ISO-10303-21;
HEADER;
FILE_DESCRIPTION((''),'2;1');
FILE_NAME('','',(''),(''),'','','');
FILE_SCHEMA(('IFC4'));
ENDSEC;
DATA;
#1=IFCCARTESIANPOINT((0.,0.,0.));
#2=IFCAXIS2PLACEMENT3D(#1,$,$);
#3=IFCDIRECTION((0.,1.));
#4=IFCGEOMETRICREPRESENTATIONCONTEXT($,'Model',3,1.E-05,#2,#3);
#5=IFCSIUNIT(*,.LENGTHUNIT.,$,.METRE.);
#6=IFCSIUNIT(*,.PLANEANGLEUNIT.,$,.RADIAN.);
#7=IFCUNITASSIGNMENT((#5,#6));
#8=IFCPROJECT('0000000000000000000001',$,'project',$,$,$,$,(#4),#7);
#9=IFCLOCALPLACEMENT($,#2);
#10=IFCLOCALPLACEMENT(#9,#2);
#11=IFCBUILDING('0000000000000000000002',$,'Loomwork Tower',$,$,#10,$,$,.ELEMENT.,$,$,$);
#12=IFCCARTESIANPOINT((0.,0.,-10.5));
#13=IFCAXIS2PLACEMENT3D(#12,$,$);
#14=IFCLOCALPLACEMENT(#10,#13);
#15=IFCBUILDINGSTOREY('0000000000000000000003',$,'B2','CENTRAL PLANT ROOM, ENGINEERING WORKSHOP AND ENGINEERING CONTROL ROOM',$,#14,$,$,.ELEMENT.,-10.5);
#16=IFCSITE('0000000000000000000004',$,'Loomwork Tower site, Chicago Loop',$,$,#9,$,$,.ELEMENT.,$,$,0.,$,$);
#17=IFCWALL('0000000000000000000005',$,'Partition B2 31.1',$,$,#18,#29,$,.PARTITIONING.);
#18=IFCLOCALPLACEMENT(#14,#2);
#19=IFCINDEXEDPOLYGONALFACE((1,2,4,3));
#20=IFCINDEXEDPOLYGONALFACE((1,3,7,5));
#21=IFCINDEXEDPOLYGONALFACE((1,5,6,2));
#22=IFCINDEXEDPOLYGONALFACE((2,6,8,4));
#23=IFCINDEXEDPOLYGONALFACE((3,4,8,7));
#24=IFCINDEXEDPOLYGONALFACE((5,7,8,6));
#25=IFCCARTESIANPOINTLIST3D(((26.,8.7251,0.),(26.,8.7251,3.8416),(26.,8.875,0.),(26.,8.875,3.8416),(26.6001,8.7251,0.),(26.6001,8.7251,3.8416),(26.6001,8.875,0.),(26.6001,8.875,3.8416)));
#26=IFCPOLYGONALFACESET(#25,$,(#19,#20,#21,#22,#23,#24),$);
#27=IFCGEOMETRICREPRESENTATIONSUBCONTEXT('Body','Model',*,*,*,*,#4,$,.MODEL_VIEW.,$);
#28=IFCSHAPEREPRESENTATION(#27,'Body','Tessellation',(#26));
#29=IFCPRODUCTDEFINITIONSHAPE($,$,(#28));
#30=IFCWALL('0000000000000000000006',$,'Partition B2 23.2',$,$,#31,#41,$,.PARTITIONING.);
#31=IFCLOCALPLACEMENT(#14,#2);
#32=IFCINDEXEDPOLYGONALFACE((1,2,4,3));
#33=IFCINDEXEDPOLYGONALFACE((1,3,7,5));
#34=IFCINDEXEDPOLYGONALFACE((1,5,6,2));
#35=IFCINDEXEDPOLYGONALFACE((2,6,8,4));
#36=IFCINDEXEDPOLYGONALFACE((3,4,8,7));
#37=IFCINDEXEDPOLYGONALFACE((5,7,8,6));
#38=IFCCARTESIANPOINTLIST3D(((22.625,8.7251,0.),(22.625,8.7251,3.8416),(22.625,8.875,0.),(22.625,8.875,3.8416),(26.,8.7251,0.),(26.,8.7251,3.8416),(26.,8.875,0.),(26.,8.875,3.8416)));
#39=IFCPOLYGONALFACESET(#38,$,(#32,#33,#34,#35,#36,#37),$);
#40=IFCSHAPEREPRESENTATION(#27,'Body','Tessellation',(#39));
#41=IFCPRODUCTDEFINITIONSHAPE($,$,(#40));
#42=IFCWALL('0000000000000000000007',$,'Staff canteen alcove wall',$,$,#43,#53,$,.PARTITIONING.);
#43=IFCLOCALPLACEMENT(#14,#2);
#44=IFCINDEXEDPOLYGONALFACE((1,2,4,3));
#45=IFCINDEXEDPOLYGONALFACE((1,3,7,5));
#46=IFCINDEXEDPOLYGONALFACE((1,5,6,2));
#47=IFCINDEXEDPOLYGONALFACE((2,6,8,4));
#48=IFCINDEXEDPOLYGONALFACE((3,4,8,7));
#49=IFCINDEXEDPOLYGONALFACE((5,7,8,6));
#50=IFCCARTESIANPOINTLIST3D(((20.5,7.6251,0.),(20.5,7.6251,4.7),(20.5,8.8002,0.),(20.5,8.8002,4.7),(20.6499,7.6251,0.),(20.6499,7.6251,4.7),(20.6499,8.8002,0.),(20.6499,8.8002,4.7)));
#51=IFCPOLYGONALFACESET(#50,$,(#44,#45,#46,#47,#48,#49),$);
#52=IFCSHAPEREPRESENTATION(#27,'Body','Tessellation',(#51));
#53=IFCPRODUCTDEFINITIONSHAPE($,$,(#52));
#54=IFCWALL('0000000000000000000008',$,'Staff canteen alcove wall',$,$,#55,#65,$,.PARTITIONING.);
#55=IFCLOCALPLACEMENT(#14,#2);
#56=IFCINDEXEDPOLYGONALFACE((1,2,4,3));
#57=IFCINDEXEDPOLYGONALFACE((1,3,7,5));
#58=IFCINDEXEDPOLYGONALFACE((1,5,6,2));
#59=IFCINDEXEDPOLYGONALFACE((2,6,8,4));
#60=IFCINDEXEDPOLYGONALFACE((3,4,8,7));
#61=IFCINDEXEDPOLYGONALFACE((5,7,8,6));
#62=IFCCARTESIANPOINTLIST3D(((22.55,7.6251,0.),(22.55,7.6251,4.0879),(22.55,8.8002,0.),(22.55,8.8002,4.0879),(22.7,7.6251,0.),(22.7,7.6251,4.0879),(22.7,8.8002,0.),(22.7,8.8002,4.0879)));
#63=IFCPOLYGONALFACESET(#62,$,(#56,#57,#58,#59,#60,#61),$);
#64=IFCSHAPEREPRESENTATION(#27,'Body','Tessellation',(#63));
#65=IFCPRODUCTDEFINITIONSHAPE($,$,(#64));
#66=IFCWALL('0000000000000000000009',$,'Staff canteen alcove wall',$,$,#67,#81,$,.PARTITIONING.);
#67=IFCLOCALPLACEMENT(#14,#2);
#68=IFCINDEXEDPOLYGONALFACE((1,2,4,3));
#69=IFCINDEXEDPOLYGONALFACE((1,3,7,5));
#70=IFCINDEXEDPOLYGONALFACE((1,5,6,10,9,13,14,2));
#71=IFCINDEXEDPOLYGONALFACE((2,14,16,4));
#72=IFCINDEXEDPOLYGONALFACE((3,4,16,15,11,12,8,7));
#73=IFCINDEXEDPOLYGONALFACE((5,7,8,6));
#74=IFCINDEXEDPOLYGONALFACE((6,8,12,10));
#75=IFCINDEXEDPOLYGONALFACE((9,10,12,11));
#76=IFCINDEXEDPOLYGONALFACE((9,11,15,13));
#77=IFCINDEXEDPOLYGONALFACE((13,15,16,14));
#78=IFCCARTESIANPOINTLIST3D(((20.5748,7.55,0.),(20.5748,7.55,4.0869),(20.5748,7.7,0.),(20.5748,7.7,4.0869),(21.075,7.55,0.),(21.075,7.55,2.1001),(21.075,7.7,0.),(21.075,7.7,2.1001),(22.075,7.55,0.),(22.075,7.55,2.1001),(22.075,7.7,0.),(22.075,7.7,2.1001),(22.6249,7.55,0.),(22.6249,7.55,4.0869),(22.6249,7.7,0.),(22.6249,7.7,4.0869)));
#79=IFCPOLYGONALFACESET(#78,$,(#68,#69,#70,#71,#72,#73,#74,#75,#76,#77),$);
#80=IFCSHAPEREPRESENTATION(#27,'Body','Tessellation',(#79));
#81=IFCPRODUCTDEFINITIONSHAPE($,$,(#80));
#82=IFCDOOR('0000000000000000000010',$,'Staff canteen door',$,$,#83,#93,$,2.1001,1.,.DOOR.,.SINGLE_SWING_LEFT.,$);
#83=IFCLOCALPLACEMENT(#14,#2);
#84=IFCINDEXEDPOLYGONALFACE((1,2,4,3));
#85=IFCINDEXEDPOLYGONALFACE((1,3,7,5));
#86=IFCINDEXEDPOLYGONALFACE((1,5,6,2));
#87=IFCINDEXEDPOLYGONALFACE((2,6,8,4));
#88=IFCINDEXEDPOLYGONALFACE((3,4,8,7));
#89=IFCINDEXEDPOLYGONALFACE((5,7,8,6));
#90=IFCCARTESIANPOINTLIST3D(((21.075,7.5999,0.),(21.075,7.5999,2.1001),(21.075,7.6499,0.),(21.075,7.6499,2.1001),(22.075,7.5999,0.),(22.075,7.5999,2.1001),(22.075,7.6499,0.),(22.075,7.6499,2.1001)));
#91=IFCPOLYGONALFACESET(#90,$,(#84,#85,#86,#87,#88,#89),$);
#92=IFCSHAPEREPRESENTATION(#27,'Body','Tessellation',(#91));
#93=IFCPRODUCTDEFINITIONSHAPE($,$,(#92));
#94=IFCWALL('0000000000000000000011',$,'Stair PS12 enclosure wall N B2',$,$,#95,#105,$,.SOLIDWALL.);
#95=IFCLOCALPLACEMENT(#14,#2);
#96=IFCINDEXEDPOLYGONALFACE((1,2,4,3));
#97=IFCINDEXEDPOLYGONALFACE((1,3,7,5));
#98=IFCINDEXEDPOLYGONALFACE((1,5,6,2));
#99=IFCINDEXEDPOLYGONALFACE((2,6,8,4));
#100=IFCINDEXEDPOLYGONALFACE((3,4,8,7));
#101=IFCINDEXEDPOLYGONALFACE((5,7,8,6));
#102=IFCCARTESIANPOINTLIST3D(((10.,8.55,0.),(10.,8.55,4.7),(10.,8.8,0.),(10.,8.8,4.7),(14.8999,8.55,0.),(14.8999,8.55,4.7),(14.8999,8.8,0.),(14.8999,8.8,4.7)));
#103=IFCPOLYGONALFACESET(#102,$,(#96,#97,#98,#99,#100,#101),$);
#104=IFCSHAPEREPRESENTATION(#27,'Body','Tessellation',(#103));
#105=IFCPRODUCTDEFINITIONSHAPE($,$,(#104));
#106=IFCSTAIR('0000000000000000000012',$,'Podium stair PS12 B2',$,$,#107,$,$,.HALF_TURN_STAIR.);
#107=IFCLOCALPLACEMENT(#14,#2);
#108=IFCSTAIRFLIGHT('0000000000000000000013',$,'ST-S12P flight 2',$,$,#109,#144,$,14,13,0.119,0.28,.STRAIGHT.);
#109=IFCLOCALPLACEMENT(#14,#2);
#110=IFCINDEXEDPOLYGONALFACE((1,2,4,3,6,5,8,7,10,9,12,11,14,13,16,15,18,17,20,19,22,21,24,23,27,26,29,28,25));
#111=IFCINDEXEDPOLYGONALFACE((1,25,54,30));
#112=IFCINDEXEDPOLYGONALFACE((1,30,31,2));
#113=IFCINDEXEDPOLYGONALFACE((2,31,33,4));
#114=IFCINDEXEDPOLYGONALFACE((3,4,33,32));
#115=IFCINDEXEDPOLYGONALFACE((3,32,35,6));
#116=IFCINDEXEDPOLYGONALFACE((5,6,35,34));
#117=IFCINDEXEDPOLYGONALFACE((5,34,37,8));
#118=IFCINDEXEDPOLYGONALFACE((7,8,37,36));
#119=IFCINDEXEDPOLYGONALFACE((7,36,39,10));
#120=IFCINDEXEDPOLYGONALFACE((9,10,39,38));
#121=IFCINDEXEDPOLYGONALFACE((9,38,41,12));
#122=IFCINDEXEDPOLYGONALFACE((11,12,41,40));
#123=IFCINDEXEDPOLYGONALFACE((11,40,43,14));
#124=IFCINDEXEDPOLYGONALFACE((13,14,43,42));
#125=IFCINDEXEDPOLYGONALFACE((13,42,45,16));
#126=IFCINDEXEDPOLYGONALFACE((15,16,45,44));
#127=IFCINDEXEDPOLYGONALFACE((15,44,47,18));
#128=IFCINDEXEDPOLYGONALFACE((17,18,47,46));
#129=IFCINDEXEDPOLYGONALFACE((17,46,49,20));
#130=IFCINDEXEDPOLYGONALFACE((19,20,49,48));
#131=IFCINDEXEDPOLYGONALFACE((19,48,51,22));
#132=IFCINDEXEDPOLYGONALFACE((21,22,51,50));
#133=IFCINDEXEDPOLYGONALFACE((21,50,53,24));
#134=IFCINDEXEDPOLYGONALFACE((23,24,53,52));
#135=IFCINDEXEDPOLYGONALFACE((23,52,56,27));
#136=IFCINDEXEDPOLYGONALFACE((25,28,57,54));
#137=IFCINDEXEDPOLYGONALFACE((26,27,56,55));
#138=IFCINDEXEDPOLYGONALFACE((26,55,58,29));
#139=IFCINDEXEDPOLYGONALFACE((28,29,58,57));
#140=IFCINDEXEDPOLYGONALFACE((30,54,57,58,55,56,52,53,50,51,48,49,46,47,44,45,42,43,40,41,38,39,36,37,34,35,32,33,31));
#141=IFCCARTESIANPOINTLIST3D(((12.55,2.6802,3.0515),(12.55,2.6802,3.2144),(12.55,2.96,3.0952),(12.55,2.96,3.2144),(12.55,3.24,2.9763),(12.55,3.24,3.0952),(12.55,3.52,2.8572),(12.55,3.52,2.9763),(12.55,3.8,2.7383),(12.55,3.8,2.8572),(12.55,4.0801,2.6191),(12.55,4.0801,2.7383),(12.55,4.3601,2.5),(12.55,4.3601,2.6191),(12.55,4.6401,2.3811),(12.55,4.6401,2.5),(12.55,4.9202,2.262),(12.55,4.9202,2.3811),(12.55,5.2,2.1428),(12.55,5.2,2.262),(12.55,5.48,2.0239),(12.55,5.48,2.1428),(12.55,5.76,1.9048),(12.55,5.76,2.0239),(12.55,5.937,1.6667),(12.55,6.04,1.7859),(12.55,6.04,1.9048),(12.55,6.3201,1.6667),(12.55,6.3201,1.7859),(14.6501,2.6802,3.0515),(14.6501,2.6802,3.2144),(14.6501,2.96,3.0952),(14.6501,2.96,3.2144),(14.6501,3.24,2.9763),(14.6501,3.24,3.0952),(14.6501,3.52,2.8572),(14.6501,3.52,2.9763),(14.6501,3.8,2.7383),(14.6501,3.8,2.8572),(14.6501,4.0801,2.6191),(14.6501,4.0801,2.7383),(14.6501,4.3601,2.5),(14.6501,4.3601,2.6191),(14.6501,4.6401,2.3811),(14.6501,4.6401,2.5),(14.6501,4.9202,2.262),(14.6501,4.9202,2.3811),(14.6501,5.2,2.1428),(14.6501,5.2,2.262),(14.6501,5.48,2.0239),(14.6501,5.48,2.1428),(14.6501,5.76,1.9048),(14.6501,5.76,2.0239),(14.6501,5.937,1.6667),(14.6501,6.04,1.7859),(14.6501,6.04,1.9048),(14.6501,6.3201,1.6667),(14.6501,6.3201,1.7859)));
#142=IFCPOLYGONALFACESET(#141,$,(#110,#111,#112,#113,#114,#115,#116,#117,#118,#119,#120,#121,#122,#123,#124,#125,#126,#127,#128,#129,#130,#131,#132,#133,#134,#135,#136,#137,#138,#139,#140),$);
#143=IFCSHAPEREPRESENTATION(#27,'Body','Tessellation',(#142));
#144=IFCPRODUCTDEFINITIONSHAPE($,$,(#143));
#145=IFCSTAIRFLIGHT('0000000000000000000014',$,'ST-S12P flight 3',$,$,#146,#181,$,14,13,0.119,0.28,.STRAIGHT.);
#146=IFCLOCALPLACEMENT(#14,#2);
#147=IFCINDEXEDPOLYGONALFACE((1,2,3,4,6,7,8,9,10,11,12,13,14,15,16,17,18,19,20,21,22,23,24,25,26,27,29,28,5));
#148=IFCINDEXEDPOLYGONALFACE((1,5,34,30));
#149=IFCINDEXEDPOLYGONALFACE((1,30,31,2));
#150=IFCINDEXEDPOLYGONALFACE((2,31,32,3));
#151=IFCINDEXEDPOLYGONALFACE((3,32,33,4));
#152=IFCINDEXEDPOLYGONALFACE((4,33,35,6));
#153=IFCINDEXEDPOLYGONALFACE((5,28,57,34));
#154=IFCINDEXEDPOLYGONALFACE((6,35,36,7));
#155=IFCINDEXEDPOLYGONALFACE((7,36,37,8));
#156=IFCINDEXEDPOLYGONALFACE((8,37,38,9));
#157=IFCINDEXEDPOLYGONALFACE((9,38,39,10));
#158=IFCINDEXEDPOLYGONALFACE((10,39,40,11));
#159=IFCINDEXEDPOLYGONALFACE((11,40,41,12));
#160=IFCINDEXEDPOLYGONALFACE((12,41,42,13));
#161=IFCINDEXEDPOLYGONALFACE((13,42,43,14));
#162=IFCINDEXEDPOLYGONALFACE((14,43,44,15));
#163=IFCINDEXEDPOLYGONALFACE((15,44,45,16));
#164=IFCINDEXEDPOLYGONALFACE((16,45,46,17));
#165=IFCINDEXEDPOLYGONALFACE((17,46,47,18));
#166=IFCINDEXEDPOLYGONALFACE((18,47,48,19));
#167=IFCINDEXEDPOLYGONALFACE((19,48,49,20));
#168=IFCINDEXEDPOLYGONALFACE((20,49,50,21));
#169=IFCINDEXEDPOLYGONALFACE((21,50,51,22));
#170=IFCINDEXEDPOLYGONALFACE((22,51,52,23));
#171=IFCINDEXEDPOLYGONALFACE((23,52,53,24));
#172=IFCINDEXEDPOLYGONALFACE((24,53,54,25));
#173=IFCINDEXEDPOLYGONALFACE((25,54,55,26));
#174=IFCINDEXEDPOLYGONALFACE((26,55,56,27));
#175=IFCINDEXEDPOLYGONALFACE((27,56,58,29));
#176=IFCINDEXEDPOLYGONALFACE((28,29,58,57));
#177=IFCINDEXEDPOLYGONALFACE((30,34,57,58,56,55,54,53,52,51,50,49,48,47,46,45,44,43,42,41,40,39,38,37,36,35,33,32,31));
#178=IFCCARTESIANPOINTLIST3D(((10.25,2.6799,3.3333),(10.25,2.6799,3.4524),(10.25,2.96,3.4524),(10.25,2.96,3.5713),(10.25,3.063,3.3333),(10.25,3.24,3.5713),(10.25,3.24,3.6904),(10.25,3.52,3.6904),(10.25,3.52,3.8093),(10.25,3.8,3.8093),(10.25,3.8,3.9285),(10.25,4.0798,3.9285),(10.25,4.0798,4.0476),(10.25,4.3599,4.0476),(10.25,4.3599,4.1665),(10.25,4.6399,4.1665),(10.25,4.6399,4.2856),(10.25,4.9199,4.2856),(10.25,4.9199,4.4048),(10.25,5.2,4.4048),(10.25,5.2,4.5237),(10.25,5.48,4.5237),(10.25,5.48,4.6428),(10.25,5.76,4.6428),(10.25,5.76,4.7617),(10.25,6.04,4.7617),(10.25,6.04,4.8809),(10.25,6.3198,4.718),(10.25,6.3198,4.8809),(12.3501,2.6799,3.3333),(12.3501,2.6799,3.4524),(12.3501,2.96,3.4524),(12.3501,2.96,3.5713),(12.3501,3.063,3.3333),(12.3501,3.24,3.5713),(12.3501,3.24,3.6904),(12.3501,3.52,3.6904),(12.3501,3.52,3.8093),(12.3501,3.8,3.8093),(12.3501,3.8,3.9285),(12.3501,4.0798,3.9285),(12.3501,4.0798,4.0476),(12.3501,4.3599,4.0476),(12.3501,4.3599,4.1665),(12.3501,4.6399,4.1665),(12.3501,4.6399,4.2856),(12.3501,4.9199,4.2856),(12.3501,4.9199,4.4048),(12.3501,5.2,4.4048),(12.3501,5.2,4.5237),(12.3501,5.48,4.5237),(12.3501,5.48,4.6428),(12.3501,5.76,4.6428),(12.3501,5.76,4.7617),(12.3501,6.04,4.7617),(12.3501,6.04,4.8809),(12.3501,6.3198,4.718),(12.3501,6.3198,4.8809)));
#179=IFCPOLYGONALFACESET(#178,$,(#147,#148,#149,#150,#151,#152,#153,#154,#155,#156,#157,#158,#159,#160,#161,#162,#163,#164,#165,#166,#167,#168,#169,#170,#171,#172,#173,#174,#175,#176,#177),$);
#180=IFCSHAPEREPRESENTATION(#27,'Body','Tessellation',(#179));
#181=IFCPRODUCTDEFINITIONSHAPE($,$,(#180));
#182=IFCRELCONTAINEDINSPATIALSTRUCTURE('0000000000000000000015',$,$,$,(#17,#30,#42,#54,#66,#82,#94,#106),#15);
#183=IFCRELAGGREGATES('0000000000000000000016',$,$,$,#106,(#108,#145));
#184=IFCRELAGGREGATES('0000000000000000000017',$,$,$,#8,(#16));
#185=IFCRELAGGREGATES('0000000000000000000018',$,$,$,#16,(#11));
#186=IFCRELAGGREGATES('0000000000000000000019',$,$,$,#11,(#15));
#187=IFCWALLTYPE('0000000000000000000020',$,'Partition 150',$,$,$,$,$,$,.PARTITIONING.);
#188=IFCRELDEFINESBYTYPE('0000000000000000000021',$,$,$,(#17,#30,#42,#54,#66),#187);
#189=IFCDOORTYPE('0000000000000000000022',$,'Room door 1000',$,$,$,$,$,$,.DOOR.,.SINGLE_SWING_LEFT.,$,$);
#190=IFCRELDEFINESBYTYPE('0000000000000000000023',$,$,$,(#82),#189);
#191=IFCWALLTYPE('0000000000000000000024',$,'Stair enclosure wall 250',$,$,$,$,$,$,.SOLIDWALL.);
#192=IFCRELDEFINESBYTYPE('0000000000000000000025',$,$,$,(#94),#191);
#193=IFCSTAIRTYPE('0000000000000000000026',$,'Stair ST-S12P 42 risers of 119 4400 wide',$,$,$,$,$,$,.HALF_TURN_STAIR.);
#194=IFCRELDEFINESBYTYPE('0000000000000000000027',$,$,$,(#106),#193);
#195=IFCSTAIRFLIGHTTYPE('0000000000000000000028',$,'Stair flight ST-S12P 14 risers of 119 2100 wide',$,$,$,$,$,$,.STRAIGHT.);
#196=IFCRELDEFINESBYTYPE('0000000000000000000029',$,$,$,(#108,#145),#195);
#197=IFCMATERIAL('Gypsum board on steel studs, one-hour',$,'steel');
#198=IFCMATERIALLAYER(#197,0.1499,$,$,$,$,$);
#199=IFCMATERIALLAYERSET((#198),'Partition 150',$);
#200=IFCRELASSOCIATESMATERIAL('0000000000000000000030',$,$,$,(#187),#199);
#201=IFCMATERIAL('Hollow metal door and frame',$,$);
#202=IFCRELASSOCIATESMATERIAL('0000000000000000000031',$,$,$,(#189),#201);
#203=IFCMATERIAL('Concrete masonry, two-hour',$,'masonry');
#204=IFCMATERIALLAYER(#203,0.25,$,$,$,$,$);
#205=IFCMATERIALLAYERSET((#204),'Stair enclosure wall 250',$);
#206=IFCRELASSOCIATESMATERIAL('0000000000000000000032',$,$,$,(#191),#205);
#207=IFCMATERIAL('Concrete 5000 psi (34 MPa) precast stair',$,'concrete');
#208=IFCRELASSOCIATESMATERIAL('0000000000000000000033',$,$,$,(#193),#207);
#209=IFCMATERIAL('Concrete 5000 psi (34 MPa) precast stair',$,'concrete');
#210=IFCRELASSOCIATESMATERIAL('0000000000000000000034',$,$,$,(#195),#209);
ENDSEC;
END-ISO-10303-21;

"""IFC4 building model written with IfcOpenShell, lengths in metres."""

from ifc_helpers import new_model, si_unit, direction, frame, frame_2d, origin, place, context, subcontext, project, spatial, polyline, rectangle, outline, extrude, material, layer, layer_set, type_object, element, fill, aggregate, save


model = new_model("IFC4")

# Units and contexts
model_context = context("Model", 3, precision=1e-05, world=origin(), true_north=direction((0.0, 1.0)))
body_context = subcontext(model_context, "Body", "Model", "MODEL_VIEW")
ifc_project = project(units=[si_unit("LENGTHUNIT", "METRE"), si_unit("PLANEANGLEUNIT", "RADIAN")], contexts=[model_context])

# Site, building, storey
site_placement = place(None, origin())
site = spatial("IfcSite", under=ifc_project, at=site_placement, Name="Loomwork Tower site, Chicago Loop", CompositionType="ELEMENT", RefElevation=0.0)
building_placement = place(site_placement, origin())
building = spatial("IfcBuilding", under=site, at=building_placement, Name="Loomwork Tower", CompositionType="ELEMENT")
storey_placement = place(building_placement, frame((0.0, 0.0, -10.5)))
storey = spatial("IfcBuildingStorey", under=building, at=storey_placement, Name="B2", Description="CENTRAL PLANT ROOM, ENGINEERING WORKSHOP AND ENGINEERING CONTROL ROOM", CompositionType="ELEMENT", Elevation=-10.5)

# Walls
ifc_material_1 = material(Name="Gypsum board on steel studs, one-hour", Category="steel")
ifc_layer_1 = layer(ifc_material_1, 0.1499)
ifc_layer_set_1 = layer_set([ifc_layer_1], Name="Partition 150")
wall_type_1 = type_object("IfcWallType", Name="Partition 150", PredefinedType="PARTITIONING", material=ifc_layer_set_1)
wall_1_placement = place(storey_placement, frame((26.0, 8.8, 0.0), z_axis=(0.0, 0.0, 1.0), x_axis=(1.0, 0.0, 0.0)))
element("IfcWall", 1, at=wall_1_placement, inside=storey, type_object=wall_type_1, Name="Partition B2 31.1", PredefinedType="PARTITIONING", context=body_context, shape_type="SweptSolid", body=[
    extrude(rectangle(XDim=0.6001, YDim=0.1499, at=frame_2d((0.3, 0.0))), origin(), (0.0, 0.0, 1.0), 3.8416),
])
wall_2_placement = place(storey_placement, frame((22.625, 8.8, 0.0), z_axis=(0.0, 0.0, 1.0), x_axis=(1.0, 0.0, 0.0)))
element("IfcWall", 2, at=wall_2_placement, inside=storey, type_object=wall_type_1, Name="Partition B2 23.2", PredefinedType="PARTITIONING", context=body_context, shape_type="SweptSolid", body=[
    extrude(rectangle(XDim=3.375, YDim=0.1499, at=frame_2d((1.6875, 0.0))), origin(), (0.0, 0.0, 1.0), 3.8416),
])
wall_3_placement = place(storey_placement, frame((20.575, 8.8, 0.0), z_axis=(0.0, 0.0, 1.0), x_axis=(0.0, -1.0, 0.0)))
element("IfcWall", 3, at=wall_3_placement, inside=storey, type_object=wall_type_1, Name="Staff canteen alcove wall", PredefinedType="PARTITIONING", context=body_context, shape_type="SweptSolid", body=[
    extrude(rectangle(XDim=1.175, YDim=0.1499, at=frame_2d((0.5874, 0.0))), origin(), (0.0, 0.0, 1.0), 4.7),
])
wall_4_placement = place(storey_placement, frame((22.625, 8.8, 0.0), z_axis=(0.0, 0.0, 1.0), x_axis=(0.0, -1.0, 0.0)))
element("IfcWall", 4, at=wall_4_placement, inside=storey, type_object=wall_type_1, Name="Staff canteen alcove wall", PredefinedType="PARTITIONING", context=body_context, shape_type="SweptSolid", body=[
    extrude(rectangle(XDim=1.175, YDim=0.1499, at=frame_2d((0.5874, 0.0))), origin(), (0.0, 0.0, 1.0), 4.0879),
])

# Wall, opening, door
wall_5_placement = place(storey_placement, frame((20.575, 7.625, 0.0), z_axis=(0.0, 0.0, 1.0), x_axis=(1.0, 0.0, 0.0)))
wall_5 = element("IfcWall", 5, at=wall_5_placement, inside=storey, type_object=wall_type_1, Name="Staff canteen alcove wall", PredefinedType="PARTITIONING", context=body_context, shape_type="SweptSolid", body=[
    extrude(rectangle(XDim=2.05, YDim=0.1499, at=frame_2d((1.0249, 0.0))), origin(), (0.0, 0.0, 1.0), 4.0869),
])
opening_1_placement = place(wall_5_placement, frame((0.5, 0.0, 0.0)))
opening_1 = element("IfcOpeningElement", 6, at=opening_1_placement, cuts=wall_5, PredefinedType="OPENING", context=body_context, shape_type="SweptSolid", body=[
    extrude(rectangle(XDim=1.0, YDim=2.1001, at=frame_2d((0.5, 1.05))), frame((0.0, 0.085, 0.0), z_axis=(0.0, -1.0, 0.0), x_axis=(1.0, 0.0, 0.0)), (0.0, 0.0, 1.0), 0.1699),
])
ifc_material_2 = material(Name="Hollow metal door and frame")
door_type_1 = type_object("IfcDoorType", Name="Room door 1000", OperationType="SINGLE_SWING_LEFT", PredefinedType="DOOR", material=ifc_material_2)
door_1_placement = place(opening_1_placement, origin())
door_1 = element("IfcDoor", 7, at=door_1_placement, inside=storey, type_object=door_type_1, Name="Staff canteen door", OperationType="SINGLE_SWING_LEFT", OverallHeight=2.1001, OverallWidth=1.0, PredefinedType="DOOR", context=body_context, shape_type="SweptSolid", body=[
    extrude(rectangle(XDim=1.0, YDim=2.1001, at=frame_2d((0.5, 1.05))), frame((0.0, 0.0249, 0.0), z_axis=(0.0, -1.0, 0.0), x_axis=(1.0, 0.0, 0.0)), (0.0, 0.0, 1.0), 0.05),
])
fill(opening_1, door_1)

# Wall
ifc_material_3 = material(Name="Concrete masonry, two-hour", Category="masonry")
ifc_layer_2 = layer(ifc_material_3, 0.25)
ifc_layer_set_2 = layer_set([ifc_layer_2], Name="Stair enclosure wall 250")
wall_type_2 = type_object("IfcWallType", Name="Stair enclosure wall 250", PredefinedType="SOLIDWALL", material=ifc_layer_set_2)
wall_6_placement = place(storey_placement, frame((10.0, 8.675, 0.0), z_axis=(0.0, 0.0, 1.0), x_axis=(1.0, 0.0, 0.0)))
element("IfcWall", 8, at=wall_6_placement, inside=storey, type_object=wall_type_2, Name="Stair PS12 enclosure wall N B2", PredefinedType="SOLIDWALL", context=body_context, shape_type="SweptSolid", body=[
    extrude(rectangle(XDim=4.8999, YDim=0.25, at=frame_2d((2.45, 0.0))), origin(), (0.0, 0.0, 1.0), 4.7),
])

# Stair, stair flights
ifc_material_4 = material(Name="Concrete 5000 psi (34 MPa) precast stair", Category="concrete")
stair_type = type_object("IfcStairType", Name="Stair ST-S12P 42 risers of 119 4400 wide", PredefinedType="HALF_TURN_STAIR", material=ifc_material_4)
stair_placement = place(storey_placement, origin())
stair = element("IfcStair", 9, at=stair_placement, inside=storey, type_object=stair_type, Name="Podium stair PS12 B2", PredefinedType="HALF_TURN_STAIR")
ifc_material_5 = material(Name="Concrete 5000 psi (34 MPa) precast stair", Category="concrete")
stair_flight_type = type_object("IfcStairFlightType", Name="Stair flight ST-S12P 14 risers of 119 2100 wide", PredefinedType="STRAIGHT", material=ifc_material_5)
stair_flight_1_placement = place(storey_placement, frame((13.6001, 6.3201, 1.6667), z_axis=(0.0, 0.0, 1.0), x_axis=(0.0, -1.0, 0.0)))
stair_flight_1 = element("IfcStairFlight", 10, at=stair_flight_1_placement, type_object=stair_flight_type, Name="ST-S12P flight 2", NumberOfRisers=14, NumberOfTreads=13, PredefinedType="STRAIGHT", RiserHeight=0.119, TreadLength=0.28, context=body_context, shape_type="SweptSolid", body=[
    extrude(outline(polyline([(0.0, 0.0), (0.0, 0.1191), (0.28, 0.1191), (0.28, 0.238), (0.5601, 0.238), (0.5601, 0.3572), (0.8401, 0.3572), (0.8401, 0.4761), (1.1201, 0.4761), (1.1201, 0.5952), (1.3999, 0.5952), (1.3999, 0.7144), (1.6799, 0.7144), (1.6799, 0.8333), (1.96, 0.8333), (1.96, 0.9524), (2.24, 0.9524), (2.24, 1.0715), (2.52, 1.0715), (2.52, 1.1904), (2.8, 1.1904), (2.8, 1.3096), (3.0801, 1.3096), (3.0801, 1.4285), (3.3601, 1.4285), (3.3601, 1.5476), (3.6399, 1.5476), (3.6399, 1.6667), (3.6399, 1.3848), (0.3831, 0.0), (0.0, 0.0)])), frame((0.0, 1.05, 0.0), z_axis=(0.0, -1.0, 0.0), x_axis=(1.0, 0.0, 0.0)), (0.0, 0.0, 1.0), 2.1001),
])
stair_flight_2_placement = place(storey_placement, frame((11.3, 2.6799, 3.3333), z_axis=(0.0, 0.0, 1.0), x_axis=(0.0, 1.0, 0.0)))
stair_flight_2 = element("IfcStairFlight", 11, at=stair_flight_2_placement, type_object=stair_flight_type, Name="ST-S12P flight 3", NumberOfRisers=14, NumberOfTreads=13, PredefinedType="STRAIGHT", RiserHeight=0.119, TreadLength=0.28, context=body_context, shape_type="SweptSolid", body=[
    extrude(outline(polyline([(0.0, 0.0), (0.0, 0.1191), (0.28, 0.1191), (0.28, 0.238), (0.5601, 0.238), (0.5601, 0.3572), (0.8401, 0.3572), (0.8401, 0.4761), (1.1201, 0.4761), (1.1201, 0.5952), (1.3999, 0.5952), (1.3999, 0.7144), (1.6799, 0.7144), (1.6799, 0.8333), (1.96, 0.8333), (1.96, 0.9524), (2.24, 0.9524), (2.24, 1.0715), (2.52, 1.0715), (2.52, 1.1904), (2.8, 1.1904), (2.8, 1.3096), (3.0801, 1.3096), (3.0801, 1.4285), (3.3601, 1.4285), (3.3601, 1.5476), (3.6399, 1.5476), (3.6399, 1.6667), (3.6399, 1.3848), (0.3831, 0.0), (0.0, 0.0)])), frame((0.0, 1.05, 0.0), z_axis=(0.0, -1.0, 0.0), x_axis=(1.0, 0.0, 0.0)), (0.0, 0.0, 1.0), 2.1001),
])
aggregate(stair, [stair_flight_1, stair_flight_2])

save(model, "model.ifc")
